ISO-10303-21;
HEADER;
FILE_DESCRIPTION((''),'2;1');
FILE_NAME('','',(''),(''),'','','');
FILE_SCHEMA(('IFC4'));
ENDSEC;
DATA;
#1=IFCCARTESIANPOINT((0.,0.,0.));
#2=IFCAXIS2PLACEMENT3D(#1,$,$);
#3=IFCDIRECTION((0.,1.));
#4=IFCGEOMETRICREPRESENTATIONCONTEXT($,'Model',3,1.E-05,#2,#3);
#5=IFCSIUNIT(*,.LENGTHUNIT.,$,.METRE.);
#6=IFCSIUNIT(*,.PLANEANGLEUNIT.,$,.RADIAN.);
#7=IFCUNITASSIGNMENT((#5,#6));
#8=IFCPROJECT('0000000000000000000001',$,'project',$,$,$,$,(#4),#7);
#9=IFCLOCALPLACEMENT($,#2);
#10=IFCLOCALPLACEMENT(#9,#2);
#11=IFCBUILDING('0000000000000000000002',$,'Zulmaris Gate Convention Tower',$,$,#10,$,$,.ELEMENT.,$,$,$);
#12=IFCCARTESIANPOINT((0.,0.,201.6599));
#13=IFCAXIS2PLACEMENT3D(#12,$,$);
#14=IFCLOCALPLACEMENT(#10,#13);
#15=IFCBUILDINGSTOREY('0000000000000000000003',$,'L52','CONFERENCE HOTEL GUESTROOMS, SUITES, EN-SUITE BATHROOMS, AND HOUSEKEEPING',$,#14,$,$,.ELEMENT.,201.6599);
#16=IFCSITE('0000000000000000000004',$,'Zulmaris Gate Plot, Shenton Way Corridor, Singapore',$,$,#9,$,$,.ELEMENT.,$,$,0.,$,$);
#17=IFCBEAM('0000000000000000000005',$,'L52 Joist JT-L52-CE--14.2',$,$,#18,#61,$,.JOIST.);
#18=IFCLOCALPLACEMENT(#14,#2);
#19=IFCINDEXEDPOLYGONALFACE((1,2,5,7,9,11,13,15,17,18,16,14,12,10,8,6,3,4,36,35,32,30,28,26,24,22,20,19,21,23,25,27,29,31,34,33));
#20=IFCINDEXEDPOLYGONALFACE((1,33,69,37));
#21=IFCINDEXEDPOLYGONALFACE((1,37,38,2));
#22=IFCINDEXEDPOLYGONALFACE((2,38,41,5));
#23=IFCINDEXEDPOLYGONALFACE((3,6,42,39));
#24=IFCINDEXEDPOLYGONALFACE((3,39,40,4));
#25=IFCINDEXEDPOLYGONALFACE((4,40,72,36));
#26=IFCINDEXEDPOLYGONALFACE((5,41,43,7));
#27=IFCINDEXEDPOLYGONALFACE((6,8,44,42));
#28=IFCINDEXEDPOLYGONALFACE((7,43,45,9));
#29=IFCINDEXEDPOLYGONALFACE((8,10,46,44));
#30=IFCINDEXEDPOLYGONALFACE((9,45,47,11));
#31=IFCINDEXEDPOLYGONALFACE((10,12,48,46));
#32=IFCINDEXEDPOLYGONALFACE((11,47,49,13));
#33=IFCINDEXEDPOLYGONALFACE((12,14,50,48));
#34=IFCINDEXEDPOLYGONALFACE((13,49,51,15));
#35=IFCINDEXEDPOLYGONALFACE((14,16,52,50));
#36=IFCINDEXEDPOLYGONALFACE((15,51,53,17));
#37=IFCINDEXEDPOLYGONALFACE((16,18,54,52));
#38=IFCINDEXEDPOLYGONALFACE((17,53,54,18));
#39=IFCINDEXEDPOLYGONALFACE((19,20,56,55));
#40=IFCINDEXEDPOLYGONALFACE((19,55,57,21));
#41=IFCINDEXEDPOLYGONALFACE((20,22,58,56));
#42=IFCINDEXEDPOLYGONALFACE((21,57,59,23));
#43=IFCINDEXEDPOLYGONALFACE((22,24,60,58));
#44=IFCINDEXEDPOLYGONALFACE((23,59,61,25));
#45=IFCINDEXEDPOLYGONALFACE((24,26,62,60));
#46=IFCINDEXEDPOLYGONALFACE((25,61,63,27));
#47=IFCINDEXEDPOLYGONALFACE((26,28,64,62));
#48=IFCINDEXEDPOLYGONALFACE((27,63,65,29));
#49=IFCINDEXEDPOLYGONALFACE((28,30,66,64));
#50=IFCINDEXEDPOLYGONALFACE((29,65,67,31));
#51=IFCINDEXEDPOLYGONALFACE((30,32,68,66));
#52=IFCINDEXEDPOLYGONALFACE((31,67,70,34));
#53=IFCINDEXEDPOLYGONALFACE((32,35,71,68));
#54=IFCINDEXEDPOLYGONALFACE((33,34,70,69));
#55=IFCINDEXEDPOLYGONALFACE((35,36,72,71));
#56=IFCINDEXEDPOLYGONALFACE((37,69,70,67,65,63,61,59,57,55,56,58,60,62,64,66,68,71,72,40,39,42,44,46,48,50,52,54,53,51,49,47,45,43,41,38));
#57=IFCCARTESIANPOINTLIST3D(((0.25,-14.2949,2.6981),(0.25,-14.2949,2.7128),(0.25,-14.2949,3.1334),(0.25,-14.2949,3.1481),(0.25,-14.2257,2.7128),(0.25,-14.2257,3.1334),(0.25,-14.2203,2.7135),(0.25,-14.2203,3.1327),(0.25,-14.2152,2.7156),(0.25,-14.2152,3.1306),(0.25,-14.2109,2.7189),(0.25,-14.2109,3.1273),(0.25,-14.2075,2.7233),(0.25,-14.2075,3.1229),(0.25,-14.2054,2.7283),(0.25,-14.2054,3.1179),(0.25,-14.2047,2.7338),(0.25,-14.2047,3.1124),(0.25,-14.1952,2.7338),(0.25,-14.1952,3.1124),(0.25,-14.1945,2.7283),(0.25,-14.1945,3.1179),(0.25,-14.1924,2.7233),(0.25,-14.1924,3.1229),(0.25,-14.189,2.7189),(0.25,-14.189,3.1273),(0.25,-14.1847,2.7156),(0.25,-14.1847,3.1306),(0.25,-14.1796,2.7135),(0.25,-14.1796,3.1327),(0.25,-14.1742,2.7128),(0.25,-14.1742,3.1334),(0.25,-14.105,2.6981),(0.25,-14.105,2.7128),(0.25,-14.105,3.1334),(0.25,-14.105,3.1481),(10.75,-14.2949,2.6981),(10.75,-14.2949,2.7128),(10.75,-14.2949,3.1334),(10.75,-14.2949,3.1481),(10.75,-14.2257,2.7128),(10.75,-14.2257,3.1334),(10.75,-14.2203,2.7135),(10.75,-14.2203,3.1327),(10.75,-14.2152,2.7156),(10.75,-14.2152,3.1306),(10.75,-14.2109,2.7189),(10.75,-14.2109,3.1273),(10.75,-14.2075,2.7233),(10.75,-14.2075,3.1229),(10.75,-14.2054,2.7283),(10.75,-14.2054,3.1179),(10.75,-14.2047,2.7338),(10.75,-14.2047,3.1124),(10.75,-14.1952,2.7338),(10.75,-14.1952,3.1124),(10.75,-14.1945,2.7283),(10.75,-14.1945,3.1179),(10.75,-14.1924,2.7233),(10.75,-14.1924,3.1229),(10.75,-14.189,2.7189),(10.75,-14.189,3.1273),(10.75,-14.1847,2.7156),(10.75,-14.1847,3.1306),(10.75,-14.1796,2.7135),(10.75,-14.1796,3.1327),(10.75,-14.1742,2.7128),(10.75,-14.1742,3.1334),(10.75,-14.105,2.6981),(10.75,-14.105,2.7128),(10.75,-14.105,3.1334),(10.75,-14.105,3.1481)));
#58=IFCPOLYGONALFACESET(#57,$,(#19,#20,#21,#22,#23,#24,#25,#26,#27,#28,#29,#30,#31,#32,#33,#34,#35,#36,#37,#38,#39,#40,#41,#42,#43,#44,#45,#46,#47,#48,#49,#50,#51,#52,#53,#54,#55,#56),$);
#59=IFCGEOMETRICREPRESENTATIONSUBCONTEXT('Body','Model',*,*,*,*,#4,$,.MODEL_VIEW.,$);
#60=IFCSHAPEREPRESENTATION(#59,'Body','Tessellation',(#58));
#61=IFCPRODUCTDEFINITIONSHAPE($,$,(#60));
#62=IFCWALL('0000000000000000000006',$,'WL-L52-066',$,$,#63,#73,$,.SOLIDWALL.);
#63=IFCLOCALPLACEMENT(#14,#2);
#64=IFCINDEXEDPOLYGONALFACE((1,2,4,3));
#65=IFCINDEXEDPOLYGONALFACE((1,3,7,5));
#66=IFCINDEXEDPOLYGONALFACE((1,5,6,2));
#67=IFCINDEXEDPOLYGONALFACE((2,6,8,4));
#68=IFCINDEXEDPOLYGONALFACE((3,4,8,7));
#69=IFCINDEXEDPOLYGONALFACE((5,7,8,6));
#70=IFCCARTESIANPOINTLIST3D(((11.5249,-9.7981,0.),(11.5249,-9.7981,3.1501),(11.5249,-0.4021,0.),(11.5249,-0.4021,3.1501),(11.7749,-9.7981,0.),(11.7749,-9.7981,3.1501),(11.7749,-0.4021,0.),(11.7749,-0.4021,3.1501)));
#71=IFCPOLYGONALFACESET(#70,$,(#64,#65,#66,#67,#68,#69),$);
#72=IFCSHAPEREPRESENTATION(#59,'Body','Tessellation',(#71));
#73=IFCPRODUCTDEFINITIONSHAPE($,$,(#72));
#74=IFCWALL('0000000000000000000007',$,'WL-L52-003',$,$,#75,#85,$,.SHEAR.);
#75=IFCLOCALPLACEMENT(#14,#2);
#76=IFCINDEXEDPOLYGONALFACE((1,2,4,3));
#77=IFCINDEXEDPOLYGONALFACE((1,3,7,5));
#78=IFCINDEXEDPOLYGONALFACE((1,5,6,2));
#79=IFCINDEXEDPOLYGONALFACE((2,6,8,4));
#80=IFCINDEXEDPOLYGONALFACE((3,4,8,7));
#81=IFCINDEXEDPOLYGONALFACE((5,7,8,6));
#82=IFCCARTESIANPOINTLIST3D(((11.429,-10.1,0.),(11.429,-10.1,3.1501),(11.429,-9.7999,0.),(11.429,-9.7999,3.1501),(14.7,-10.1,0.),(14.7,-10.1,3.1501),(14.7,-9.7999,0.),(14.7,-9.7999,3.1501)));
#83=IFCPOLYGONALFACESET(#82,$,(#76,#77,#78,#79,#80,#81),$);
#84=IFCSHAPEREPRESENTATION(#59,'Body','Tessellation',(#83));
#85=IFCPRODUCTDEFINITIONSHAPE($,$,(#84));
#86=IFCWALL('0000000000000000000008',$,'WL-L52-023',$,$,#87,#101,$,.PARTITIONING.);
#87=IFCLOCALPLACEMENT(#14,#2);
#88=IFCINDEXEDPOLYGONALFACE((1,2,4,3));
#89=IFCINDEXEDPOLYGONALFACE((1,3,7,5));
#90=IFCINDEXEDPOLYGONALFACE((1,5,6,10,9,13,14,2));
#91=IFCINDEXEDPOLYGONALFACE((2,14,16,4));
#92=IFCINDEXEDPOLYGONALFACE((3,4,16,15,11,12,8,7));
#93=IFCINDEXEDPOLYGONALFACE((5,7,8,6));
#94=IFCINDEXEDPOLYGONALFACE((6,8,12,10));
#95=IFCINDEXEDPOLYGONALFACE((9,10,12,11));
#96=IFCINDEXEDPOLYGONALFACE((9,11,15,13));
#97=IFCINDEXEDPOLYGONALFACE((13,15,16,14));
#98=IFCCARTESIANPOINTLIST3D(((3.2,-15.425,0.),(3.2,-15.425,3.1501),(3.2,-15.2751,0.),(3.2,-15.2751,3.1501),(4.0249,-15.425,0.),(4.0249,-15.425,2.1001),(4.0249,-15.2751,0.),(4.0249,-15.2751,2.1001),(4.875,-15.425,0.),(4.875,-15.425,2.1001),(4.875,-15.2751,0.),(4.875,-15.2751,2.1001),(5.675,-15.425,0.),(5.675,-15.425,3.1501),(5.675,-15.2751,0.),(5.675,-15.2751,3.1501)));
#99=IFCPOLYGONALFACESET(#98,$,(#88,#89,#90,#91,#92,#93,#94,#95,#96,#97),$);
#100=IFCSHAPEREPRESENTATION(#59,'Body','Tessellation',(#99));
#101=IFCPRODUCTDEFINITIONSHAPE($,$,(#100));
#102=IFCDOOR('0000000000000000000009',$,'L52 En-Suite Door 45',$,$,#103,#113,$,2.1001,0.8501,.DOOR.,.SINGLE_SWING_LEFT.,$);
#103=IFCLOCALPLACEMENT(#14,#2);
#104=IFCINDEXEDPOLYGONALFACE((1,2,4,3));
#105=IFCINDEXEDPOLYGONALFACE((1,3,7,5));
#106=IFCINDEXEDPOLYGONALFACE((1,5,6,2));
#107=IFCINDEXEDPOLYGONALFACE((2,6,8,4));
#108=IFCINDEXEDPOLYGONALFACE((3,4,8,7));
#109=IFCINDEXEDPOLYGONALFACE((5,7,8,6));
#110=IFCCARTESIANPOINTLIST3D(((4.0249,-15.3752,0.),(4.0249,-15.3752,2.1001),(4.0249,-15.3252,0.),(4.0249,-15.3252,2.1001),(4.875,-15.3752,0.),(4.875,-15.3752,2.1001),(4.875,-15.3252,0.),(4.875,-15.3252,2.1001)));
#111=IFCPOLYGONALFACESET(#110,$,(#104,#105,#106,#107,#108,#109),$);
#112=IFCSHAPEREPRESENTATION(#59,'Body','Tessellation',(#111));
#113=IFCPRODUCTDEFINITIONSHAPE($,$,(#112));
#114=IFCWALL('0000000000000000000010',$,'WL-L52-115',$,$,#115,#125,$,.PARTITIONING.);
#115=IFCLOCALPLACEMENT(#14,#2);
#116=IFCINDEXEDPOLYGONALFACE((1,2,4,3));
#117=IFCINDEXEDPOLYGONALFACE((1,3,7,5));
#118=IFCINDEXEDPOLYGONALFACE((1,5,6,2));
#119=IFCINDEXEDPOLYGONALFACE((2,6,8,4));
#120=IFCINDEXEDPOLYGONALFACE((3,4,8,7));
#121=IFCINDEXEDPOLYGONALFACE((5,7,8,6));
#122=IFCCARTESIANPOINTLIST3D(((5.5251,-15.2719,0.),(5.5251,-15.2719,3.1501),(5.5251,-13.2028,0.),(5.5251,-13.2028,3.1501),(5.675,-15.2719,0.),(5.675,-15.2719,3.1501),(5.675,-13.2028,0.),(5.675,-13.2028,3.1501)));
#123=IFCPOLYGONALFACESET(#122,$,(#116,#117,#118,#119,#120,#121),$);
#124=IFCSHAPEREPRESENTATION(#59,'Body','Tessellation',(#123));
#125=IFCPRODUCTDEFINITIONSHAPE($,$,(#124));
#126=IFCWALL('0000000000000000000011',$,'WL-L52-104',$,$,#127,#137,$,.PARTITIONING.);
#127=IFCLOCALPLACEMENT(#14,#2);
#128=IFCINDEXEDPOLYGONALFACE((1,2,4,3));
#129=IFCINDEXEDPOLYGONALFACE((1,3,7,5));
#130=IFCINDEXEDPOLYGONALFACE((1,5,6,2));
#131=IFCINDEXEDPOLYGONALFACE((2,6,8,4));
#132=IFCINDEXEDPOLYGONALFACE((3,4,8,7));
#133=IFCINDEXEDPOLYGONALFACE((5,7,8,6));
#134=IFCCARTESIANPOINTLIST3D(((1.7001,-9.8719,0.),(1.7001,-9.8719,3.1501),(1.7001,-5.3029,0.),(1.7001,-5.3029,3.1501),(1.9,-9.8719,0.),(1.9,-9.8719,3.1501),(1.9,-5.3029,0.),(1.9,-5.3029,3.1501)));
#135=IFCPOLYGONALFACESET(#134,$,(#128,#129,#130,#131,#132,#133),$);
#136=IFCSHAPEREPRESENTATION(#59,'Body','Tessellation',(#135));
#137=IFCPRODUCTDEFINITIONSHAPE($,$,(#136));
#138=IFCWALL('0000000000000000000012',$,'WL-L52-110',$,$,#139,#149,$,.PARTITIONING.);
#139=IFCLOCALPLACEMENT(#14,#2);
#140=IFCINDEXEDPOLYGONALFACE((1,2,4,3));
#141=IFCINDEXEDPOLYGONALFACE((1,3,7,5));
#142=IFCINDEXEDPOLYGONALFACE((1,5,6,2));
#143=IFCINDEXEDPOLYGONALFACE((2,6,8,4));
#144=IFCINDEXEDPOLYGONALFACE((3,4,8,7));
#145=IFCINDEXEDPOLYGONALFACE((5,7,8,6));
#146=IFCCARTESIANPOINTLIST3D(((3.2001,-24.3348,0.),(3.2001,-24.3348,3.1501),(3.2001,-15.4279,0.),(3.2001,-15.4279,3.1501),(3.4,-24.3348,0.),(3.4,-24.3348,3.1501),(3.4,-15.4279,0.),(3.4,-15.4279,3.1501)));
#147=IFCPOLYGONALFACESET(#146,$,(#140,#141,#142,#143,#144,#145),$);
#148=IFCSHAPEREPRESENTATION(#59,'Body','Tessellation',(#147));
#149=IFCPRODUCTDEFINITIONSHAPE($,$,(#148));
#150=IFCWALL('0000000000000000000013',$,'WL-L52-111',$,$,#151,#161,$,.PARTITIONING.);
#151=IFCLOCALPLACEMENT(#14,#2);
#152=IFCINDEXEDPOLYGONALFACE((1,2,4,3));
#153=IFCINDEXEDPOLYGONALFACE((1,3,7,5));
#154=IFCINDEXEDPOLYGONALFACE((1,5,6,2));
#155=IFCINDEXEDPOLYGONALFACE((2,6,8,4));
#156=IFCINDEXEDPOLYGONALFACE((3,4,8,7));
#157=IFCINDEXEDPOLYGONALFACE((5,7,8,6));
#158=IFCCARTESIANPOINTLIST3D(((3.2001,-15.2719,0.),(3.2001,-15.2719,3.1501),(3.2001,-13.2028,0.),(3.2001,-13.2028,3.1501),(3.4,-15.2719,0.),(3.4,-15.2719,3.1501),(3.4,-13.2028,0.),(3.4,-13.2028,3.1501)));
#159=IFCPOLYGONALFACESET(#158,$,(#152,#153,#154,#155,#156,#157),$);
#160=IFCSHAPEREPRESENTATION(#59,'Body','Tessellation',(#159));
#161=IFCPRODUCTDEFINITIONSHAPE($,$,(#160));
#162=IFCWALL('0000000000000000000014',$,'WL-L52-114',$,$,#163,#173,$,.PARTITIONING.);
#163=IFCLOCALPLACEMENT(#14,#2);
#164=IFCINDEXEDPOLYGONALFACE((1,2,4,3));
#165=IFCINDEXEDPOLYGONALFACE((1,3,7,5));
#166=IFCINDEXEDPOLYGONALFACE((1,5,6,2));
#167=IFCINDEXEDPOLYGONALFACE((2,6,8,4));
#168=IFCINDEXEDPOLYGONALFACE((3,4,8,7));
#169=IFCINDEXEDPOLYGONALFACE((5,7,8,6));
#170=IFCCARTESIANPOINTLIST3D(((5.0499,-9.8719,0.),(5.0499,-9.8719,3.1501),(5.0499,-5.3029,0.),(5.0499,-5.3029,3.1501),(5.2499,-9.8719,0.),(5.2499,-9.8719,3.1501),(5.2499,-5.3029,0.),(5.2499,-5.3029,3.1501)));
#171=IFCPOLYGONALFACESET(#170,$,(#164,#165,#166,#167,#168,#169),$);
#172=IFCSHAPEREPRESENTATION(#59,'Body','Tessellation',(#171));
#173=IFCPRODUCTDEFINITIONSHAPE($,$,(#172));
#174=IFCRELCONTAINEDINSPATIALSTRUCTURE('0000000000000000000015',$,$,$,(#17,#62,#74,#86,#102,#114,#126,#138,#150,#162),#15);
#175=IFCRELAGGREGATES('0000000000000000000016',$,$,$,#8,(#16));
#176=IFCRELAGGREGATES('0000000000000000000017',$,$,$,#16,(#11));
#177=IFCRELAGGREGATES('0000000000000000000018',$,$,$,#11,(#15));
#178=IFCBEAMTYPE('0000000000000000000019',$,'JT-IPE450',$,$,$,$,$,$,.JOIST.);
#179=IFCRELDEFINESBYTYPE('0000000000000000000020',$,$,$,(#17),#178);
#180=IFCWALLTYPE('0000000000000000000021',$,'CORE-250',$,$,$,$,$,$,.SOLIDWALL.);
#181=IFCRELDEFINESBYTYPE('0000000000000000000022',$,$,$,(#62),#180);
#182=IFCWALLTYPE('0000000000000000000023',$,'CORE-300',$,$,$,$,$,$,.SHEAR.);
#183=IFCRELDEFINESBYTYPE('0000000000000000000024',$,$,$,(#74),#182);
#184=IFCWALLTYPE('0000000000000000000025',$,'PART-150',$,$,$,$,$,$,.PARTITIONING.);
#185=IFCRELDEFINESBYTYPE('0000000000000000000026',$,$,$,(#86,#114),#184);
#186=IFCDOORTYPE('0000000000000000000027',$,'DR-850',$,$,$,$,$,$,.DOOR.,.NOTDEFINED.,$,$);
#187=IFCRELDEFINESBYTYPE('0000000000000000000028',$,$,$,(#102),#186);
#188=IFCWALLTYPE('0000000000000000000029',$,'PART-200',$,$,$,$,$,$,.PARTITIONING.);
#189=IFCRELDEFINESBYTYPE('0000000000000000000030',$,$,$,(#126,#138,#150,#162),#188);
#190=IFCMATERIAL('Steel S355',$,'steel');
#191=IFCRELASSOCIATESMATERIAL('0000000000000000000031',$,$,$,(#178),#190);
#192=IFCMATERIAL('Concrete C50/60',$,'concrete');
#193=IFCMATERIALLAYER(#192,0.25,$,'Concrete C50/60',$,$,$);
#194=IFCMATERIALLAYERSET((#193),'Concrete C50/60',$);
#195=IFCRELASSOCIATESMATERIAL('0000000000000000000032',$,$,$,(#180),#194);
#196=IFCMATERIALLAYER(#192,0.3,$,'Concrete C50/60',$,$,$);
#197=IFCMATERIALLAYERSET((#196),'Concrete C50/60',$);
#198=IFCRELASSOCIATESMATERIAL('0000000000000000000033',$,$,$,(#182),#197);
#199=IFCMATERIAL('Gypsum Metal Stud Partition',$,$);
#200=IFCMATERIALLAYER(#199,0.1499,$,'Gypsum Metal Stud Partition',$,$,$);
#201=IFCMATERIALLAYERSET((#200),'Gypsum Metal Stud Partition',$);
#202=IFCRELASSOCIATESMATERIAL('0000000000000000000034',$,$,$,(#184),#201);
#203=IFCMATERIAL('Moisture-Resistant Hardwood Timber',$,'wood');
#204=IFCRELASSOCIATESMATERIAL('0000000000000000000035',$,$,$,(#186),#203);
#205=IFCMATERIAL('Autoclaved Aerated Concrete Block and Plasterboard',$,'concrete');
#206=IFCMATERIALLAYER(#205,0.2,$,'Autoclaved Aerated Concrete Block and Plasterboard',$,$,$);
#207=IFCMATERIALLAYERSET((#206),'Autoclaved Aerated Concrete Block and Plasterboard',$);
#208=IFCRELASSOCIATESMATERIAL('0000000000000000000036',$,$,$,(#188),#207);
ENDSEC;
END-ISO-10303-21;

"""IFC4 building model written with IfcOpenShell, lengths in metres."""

from ifc_helpers import new_model, si_unit, direction, frame, frame_2d, origin, origin_2d, place, context, subcontext, project, spatial, rectangle, i_section, extrude, material, layer, layer_set, material_profile, profile_set, type_object, element, fill, save


model = new_model("IFC4")

# Units and contexts
model_context = context("Model", 3, precision=1e-05, world=origin(), true_north=direction((0.0, 1.0)))
body_context = subcontext(model_context, "Body", "Model", "MODEL_VIEW")
ifc_project = project(units=[si_unit("LENGTHUNIT", "METRE"), si_unit("PLANEANGLEUNIT", "RADIAN")], contexts=[model_context])

# Site, building, storey
site_placement = place(None, origin())
site = spatial("IfcSite", under=ifc_project, at=site_placement, Name="Zulmaris Gate Plot, Shenton Way Corridor, Singapore", CompositionType="ELEMENT", RefElevation=0.0)
building_placement = place(site_placement, origin())
building = spatial("IfcBuilding", under=site, at=building_placement, Name="Zulmaris Gate Convention Tower", CompositionType="ELEMENT")
storey_placement = place(building_placement, frame((0.0, 0.0, 201.6599)))
storey = spatial("IfcBuildingStorey", under=building, at=storey_placement, Name="L52", Description="CONFERENCE HOTEL GUESTROOMS, SUITES, EN-SUITE BATHROOMS, AND HOUSEKEEPING", CompositionType="ELEMENT", Elevation=201.6599)

# Beam
ifc_material_1 = material(Name="Steel S355", Category="steel")
ifc_material_2 = material(Name="Concrete C50/60", Category="concrete")
ifc_material_profile_1 = material_profile(ifc_material_1, i_section(OverallWidth=0.1899, OverallDepth=0.45, WebThickness=0.0095, FlangeThickness=0.0146, FilletRadius=0.021, at=origin_2d()), Name="IPE 450")
ifc_profile_set_1 = profile_set([ifc_material_profile_1], Name="Steel S355")
beam_type_1 = type_object("IfcBeamType", Name="JT-IPE450", PredefinedType="JOIST", material=ifc_profile_set_1)
for number, where, z_axis, x_axis, name in (
    (1, (0.25, -14.2, 2.9231), (1.0, 0.0, 0.0), (0.0, 1.0, 0.0), "L52 Joist JT-L52-CE--14.2"),
):
    element("IfcBeam", number, at=place(storey_placement, frame(where, z_axis=z_axis, x_axis=x_axis)), inside=storey, type_object=beam_type_1, Name=name, PredefinedType="JOIST", context=body_context, shape_type="SweptSolid", body=[
        extrude(i_section(OverallWidth=0.1899, OverallDepth=0.45, WebThickness=0.0095, FlangeThickness=0.0146, FilletRadius=0.021, at=origin_2d()), origin(), (0.0, 0.0, 1.0), 10.5),
    ])

# Walls
ifc_layer_1 = layer(ifc_material_2, 0.25, Name="Concrete C50/60")
ifc_layer_set_1 = layer_set([ifc_layer_1], Name="Concrete C50/60")
wall_type_1 = type_object("IfcWallType", Name="CORE-250", PredefinedType="SOLIDWALL", material=ifc_layer_set_1)
wall_1_placement = place(storey_placement, frame((11.6499, -9.7981, 0.0), z_axis=(0.0, 0.0, 1.0), x_axis=(0.0, 1.0, 0.0)))
element("IfcWall", 2, at=wall_1_placement, inside=storey, type_object=wall_type_1, Name="WL-L52-066", PredefinedType="SOLIDWALL", context=body_context, shape_type="SweptSolid", body=[
    extrude(rectangle(XDim=9.396, YDim=0.25, at=frame_2d((4.698, 0.0))), origin(), (0.0, 0.0, 1.0), 3.1501),
])
ifc_layer_2 = layer(ifc_material_2, 0.3, Name="Concrete C50/60")
ifc_layer_set_2 = layer_set([ifc_layer_2], Name="Concrete C50/60")
wall_type_2 = type_object("IfcWallType", Name="CORE-300", PredefinedType="SHEAR", material=ifc_layer_set_2)
wall_2_placement = place(storey_placement, frame((11.429, -9.95, 0.0), z_axis=(0.0, 0.0, 1.0), x_axis=(1.0, 0.0, 0.0)))
element("IfcWall", 3, at=wall_2_placement, inside=storey, type_object=wall_type_2, Name="WL-L52-003", PredefinedType="SHEAR", context=body_context, shape_type="SweptSolid", body=[
    extrude(rectangle(XDim=3.271, YDim=0.3, at=frame_2d((1.6355, 0.0))), origin(), (0.0, 0.0, 1.0), 3.1501),
])

# Wall, opening, door
ifc_material_3 = material(Name="Gypsum Metal Stud Partition")
ifc_layer_3 = layer(ifc_material_3, 0.1499, Name="Gypsum Metal Stud Partition")
ifc_layer_set_3 = layer_set([ifc_layer_3], Name="Gypsum Metal Stud Partition")
wall_type_3 = type_object("IfcWallType", Name="PART-150", PredefinedType="PARTITIONING", material=ifc_layer_set_3)
wall_3_placement = place(storey_placement, frame((3.2, -15.3501, 0.0), z_axis=(0.0, 0.0, 1.0), x_axis=(1.0, 0.0, 0.0)))
wall_3 = element("IfcWall", 4, at=wall_3_placement, inside=storey, type_object=wall_type_3, Name="WL-L52-023", PredefinedType="PARTITIONING", context=body_context, shape_type="SweptSolid", body=[
    extrude(rectangle(XDim=2.4751, YDim=0.1499, at=frame_2d((1.2375, 0.0))), origin(), (0.0, 0.0, 1.0), 3.1501),
])
opening_1_placement = place(wall_3_placement, frame((0.825, 0.0, 0.0)))
opening_1 = element("IfcOpeningElement", 5, at=opening_1_placement, cuts=wall_3, PredefinedType="OPENING", context=body_context, shape_type="SweptSolid", body=[
    extrude(rectangle(XDim=0.8501, YDim=2.1001, at=frame_2d((0.425, 1.05))), frame((0.0, 0.085, 0.0), z_axis=(0.0, -1.0, 0.0), x_axis=(1.0, 0.0, 0.0)), (0.0, 0.0, 1.0), 0.1699),
])
ifc_material_4 = material(Name="Moisture-Resistant Hardwood Timber", Category="wood")
door_type_1 = type_object("IfcDoorType", Name="DR-850", OperationType="NOTDEFINED", PredefinedType="DOOR", material=ifc_material_4)
door_1_placement = place(opening_1_placement, origin())
door_1 = element("IfcDoor", 6, at=door_1_placement, inside=storey, type_object=door_type_1, Name="L52 En-Suite Door 45", OperationType="SINGLE_SWING_LEFT", OverallHeight=2.1001, OverallWidth=0.8501, PredefinedType="DOOR", context=body_context, shape_type="SweptSolid", body=[
    extrude(rectangle(XDim=0.8501, YDim=2.1001, at=frame_2d((0.425, 1.05))), frame((0.0, 0.0249, 0.0), z_axis=(0.0, -1.0, 0.0), x_axis=(1.0, 0.0, 0.0)), (0.0, 0.0, 1.0), 0.05),
])
fill(opening_1, door_1)

# Wall
wall_4_placement = place(storey_placement, frame((5.6001, -15.272, 0.0), z_axis=(0.0, 0.0, 1.0), x_axis=(0.0, 1.0, 0.0)))
element("IfcWall", 7, at=wall_4_placement, inside=storey, type_object=wall_type_3, Name="WL-L52-115", PredefinedType="PARTITIONING", context=body_context, shape_type="SweptSolid", body=[
    extrude(rectangle(XDim=2.0691, YDim=0.1499, at=frame_2d((1.0347, 0.0))), origin(), (0.0, 0.0, 1.0), 3.1501),
])

# Walls
ifc_material_5 = material(Name="Autoclaved Aerated Concrete Block and Plasterboard", Category="concrete")
ifc_layer_4 = layer(ifc_material_5, 0.2, Name="Autoclaved Aerated Concrete Block and Plasterboard")
ifc_layer_set_4 = layer_set([ifc_layer_4], Name="Autoclaved Aerated Concrete Block and Plasterboard")
wall_type_4 = type_object("IfcWallType", Name="PART-200", PredefinedType="PARTITIONING", material=ifc_layer_set_4)
wall_5_placement = place(storey_placement, frame((1.8, -9.8721, 0.0), z_axis=(0.0, 0.0, 1.0), x_axis=(0.0, 1.0, 0.0)))
element("IfcWall", 8, at=wall_5_placement, inside=storey, type_object=wall_type_4, Name="WL-L52-104", PredefinedType="PARTITIONING", context=body_context, shape_type="SweptSolid", body=[
    extrude(rectangle(XDim=4.5691, YDim=0.2, at=frame_2d((2.2847, 0.0))), origin(), (0.0, 0.0, 1.0), 3.1501),
])
wall_6_placement = place(storey_placement, frame((3.3, -24.335, 0.0), z_axis=(0.0, 0.0, 1.0), x_axis=(0.0, 1.0, 0.0)))
element("IfcWall", 9, at=wall_6_placement, inside=storey, type_object=wall_type_4, Name="WL-L52-110", PredefinedType="PARTITIONING", context=body_context, shape_type="SweptSolid", body=[
    extrude(rectangle(XDim=8.907, YDim=0.2, at=frame_2d((4.4536, 0.0))), origin(), (0.0, 0.0, 1.0), 3.1501),
])
wall_7_placement = place(storey_placement, frame((3.3, -15.272, 0.0), z_axis=(0.0, 0.0, 1.0), x_axis=(0.0, 1.0, 0.0)))
element("IfcWall", 10, at=wall_7_placement, inside=storey, type_object=wall_type_4, Name="WL-L52-111", PredefinedType="PARTITIONING", context=body_context, shape_type="SweptSolid", body=[
    extrude(rectangle(XDim=2.0691, YDim=0.2, at=frame_2d((1.0347, 0.0))), origin(), (0.0, 0.0, 1.0), 3.1501),
])
wall_8_placement = place(storey_placement, frame((5.1499, -9.8721, 0.0), z_axis=(0.0, 0.0, 1.0), x_axis=(0.0, 1.0, 0.0)))
element("IfcWall", 11, at=wall_8_placement, inside=storey, type_object=wall_type_4, Name="WL-L52-114", PredefinedType="PARTITIONING", context=body_context, shape_type="SweptSolid", body=[
    extrude(rectangle(XDim=4.5691, YDim=0.2, at=frame_2d((2.2847, 0.0))), origin(), (0.0, 0.0, 1.0), 3.1501),
])

save(model, "model.ifc")
